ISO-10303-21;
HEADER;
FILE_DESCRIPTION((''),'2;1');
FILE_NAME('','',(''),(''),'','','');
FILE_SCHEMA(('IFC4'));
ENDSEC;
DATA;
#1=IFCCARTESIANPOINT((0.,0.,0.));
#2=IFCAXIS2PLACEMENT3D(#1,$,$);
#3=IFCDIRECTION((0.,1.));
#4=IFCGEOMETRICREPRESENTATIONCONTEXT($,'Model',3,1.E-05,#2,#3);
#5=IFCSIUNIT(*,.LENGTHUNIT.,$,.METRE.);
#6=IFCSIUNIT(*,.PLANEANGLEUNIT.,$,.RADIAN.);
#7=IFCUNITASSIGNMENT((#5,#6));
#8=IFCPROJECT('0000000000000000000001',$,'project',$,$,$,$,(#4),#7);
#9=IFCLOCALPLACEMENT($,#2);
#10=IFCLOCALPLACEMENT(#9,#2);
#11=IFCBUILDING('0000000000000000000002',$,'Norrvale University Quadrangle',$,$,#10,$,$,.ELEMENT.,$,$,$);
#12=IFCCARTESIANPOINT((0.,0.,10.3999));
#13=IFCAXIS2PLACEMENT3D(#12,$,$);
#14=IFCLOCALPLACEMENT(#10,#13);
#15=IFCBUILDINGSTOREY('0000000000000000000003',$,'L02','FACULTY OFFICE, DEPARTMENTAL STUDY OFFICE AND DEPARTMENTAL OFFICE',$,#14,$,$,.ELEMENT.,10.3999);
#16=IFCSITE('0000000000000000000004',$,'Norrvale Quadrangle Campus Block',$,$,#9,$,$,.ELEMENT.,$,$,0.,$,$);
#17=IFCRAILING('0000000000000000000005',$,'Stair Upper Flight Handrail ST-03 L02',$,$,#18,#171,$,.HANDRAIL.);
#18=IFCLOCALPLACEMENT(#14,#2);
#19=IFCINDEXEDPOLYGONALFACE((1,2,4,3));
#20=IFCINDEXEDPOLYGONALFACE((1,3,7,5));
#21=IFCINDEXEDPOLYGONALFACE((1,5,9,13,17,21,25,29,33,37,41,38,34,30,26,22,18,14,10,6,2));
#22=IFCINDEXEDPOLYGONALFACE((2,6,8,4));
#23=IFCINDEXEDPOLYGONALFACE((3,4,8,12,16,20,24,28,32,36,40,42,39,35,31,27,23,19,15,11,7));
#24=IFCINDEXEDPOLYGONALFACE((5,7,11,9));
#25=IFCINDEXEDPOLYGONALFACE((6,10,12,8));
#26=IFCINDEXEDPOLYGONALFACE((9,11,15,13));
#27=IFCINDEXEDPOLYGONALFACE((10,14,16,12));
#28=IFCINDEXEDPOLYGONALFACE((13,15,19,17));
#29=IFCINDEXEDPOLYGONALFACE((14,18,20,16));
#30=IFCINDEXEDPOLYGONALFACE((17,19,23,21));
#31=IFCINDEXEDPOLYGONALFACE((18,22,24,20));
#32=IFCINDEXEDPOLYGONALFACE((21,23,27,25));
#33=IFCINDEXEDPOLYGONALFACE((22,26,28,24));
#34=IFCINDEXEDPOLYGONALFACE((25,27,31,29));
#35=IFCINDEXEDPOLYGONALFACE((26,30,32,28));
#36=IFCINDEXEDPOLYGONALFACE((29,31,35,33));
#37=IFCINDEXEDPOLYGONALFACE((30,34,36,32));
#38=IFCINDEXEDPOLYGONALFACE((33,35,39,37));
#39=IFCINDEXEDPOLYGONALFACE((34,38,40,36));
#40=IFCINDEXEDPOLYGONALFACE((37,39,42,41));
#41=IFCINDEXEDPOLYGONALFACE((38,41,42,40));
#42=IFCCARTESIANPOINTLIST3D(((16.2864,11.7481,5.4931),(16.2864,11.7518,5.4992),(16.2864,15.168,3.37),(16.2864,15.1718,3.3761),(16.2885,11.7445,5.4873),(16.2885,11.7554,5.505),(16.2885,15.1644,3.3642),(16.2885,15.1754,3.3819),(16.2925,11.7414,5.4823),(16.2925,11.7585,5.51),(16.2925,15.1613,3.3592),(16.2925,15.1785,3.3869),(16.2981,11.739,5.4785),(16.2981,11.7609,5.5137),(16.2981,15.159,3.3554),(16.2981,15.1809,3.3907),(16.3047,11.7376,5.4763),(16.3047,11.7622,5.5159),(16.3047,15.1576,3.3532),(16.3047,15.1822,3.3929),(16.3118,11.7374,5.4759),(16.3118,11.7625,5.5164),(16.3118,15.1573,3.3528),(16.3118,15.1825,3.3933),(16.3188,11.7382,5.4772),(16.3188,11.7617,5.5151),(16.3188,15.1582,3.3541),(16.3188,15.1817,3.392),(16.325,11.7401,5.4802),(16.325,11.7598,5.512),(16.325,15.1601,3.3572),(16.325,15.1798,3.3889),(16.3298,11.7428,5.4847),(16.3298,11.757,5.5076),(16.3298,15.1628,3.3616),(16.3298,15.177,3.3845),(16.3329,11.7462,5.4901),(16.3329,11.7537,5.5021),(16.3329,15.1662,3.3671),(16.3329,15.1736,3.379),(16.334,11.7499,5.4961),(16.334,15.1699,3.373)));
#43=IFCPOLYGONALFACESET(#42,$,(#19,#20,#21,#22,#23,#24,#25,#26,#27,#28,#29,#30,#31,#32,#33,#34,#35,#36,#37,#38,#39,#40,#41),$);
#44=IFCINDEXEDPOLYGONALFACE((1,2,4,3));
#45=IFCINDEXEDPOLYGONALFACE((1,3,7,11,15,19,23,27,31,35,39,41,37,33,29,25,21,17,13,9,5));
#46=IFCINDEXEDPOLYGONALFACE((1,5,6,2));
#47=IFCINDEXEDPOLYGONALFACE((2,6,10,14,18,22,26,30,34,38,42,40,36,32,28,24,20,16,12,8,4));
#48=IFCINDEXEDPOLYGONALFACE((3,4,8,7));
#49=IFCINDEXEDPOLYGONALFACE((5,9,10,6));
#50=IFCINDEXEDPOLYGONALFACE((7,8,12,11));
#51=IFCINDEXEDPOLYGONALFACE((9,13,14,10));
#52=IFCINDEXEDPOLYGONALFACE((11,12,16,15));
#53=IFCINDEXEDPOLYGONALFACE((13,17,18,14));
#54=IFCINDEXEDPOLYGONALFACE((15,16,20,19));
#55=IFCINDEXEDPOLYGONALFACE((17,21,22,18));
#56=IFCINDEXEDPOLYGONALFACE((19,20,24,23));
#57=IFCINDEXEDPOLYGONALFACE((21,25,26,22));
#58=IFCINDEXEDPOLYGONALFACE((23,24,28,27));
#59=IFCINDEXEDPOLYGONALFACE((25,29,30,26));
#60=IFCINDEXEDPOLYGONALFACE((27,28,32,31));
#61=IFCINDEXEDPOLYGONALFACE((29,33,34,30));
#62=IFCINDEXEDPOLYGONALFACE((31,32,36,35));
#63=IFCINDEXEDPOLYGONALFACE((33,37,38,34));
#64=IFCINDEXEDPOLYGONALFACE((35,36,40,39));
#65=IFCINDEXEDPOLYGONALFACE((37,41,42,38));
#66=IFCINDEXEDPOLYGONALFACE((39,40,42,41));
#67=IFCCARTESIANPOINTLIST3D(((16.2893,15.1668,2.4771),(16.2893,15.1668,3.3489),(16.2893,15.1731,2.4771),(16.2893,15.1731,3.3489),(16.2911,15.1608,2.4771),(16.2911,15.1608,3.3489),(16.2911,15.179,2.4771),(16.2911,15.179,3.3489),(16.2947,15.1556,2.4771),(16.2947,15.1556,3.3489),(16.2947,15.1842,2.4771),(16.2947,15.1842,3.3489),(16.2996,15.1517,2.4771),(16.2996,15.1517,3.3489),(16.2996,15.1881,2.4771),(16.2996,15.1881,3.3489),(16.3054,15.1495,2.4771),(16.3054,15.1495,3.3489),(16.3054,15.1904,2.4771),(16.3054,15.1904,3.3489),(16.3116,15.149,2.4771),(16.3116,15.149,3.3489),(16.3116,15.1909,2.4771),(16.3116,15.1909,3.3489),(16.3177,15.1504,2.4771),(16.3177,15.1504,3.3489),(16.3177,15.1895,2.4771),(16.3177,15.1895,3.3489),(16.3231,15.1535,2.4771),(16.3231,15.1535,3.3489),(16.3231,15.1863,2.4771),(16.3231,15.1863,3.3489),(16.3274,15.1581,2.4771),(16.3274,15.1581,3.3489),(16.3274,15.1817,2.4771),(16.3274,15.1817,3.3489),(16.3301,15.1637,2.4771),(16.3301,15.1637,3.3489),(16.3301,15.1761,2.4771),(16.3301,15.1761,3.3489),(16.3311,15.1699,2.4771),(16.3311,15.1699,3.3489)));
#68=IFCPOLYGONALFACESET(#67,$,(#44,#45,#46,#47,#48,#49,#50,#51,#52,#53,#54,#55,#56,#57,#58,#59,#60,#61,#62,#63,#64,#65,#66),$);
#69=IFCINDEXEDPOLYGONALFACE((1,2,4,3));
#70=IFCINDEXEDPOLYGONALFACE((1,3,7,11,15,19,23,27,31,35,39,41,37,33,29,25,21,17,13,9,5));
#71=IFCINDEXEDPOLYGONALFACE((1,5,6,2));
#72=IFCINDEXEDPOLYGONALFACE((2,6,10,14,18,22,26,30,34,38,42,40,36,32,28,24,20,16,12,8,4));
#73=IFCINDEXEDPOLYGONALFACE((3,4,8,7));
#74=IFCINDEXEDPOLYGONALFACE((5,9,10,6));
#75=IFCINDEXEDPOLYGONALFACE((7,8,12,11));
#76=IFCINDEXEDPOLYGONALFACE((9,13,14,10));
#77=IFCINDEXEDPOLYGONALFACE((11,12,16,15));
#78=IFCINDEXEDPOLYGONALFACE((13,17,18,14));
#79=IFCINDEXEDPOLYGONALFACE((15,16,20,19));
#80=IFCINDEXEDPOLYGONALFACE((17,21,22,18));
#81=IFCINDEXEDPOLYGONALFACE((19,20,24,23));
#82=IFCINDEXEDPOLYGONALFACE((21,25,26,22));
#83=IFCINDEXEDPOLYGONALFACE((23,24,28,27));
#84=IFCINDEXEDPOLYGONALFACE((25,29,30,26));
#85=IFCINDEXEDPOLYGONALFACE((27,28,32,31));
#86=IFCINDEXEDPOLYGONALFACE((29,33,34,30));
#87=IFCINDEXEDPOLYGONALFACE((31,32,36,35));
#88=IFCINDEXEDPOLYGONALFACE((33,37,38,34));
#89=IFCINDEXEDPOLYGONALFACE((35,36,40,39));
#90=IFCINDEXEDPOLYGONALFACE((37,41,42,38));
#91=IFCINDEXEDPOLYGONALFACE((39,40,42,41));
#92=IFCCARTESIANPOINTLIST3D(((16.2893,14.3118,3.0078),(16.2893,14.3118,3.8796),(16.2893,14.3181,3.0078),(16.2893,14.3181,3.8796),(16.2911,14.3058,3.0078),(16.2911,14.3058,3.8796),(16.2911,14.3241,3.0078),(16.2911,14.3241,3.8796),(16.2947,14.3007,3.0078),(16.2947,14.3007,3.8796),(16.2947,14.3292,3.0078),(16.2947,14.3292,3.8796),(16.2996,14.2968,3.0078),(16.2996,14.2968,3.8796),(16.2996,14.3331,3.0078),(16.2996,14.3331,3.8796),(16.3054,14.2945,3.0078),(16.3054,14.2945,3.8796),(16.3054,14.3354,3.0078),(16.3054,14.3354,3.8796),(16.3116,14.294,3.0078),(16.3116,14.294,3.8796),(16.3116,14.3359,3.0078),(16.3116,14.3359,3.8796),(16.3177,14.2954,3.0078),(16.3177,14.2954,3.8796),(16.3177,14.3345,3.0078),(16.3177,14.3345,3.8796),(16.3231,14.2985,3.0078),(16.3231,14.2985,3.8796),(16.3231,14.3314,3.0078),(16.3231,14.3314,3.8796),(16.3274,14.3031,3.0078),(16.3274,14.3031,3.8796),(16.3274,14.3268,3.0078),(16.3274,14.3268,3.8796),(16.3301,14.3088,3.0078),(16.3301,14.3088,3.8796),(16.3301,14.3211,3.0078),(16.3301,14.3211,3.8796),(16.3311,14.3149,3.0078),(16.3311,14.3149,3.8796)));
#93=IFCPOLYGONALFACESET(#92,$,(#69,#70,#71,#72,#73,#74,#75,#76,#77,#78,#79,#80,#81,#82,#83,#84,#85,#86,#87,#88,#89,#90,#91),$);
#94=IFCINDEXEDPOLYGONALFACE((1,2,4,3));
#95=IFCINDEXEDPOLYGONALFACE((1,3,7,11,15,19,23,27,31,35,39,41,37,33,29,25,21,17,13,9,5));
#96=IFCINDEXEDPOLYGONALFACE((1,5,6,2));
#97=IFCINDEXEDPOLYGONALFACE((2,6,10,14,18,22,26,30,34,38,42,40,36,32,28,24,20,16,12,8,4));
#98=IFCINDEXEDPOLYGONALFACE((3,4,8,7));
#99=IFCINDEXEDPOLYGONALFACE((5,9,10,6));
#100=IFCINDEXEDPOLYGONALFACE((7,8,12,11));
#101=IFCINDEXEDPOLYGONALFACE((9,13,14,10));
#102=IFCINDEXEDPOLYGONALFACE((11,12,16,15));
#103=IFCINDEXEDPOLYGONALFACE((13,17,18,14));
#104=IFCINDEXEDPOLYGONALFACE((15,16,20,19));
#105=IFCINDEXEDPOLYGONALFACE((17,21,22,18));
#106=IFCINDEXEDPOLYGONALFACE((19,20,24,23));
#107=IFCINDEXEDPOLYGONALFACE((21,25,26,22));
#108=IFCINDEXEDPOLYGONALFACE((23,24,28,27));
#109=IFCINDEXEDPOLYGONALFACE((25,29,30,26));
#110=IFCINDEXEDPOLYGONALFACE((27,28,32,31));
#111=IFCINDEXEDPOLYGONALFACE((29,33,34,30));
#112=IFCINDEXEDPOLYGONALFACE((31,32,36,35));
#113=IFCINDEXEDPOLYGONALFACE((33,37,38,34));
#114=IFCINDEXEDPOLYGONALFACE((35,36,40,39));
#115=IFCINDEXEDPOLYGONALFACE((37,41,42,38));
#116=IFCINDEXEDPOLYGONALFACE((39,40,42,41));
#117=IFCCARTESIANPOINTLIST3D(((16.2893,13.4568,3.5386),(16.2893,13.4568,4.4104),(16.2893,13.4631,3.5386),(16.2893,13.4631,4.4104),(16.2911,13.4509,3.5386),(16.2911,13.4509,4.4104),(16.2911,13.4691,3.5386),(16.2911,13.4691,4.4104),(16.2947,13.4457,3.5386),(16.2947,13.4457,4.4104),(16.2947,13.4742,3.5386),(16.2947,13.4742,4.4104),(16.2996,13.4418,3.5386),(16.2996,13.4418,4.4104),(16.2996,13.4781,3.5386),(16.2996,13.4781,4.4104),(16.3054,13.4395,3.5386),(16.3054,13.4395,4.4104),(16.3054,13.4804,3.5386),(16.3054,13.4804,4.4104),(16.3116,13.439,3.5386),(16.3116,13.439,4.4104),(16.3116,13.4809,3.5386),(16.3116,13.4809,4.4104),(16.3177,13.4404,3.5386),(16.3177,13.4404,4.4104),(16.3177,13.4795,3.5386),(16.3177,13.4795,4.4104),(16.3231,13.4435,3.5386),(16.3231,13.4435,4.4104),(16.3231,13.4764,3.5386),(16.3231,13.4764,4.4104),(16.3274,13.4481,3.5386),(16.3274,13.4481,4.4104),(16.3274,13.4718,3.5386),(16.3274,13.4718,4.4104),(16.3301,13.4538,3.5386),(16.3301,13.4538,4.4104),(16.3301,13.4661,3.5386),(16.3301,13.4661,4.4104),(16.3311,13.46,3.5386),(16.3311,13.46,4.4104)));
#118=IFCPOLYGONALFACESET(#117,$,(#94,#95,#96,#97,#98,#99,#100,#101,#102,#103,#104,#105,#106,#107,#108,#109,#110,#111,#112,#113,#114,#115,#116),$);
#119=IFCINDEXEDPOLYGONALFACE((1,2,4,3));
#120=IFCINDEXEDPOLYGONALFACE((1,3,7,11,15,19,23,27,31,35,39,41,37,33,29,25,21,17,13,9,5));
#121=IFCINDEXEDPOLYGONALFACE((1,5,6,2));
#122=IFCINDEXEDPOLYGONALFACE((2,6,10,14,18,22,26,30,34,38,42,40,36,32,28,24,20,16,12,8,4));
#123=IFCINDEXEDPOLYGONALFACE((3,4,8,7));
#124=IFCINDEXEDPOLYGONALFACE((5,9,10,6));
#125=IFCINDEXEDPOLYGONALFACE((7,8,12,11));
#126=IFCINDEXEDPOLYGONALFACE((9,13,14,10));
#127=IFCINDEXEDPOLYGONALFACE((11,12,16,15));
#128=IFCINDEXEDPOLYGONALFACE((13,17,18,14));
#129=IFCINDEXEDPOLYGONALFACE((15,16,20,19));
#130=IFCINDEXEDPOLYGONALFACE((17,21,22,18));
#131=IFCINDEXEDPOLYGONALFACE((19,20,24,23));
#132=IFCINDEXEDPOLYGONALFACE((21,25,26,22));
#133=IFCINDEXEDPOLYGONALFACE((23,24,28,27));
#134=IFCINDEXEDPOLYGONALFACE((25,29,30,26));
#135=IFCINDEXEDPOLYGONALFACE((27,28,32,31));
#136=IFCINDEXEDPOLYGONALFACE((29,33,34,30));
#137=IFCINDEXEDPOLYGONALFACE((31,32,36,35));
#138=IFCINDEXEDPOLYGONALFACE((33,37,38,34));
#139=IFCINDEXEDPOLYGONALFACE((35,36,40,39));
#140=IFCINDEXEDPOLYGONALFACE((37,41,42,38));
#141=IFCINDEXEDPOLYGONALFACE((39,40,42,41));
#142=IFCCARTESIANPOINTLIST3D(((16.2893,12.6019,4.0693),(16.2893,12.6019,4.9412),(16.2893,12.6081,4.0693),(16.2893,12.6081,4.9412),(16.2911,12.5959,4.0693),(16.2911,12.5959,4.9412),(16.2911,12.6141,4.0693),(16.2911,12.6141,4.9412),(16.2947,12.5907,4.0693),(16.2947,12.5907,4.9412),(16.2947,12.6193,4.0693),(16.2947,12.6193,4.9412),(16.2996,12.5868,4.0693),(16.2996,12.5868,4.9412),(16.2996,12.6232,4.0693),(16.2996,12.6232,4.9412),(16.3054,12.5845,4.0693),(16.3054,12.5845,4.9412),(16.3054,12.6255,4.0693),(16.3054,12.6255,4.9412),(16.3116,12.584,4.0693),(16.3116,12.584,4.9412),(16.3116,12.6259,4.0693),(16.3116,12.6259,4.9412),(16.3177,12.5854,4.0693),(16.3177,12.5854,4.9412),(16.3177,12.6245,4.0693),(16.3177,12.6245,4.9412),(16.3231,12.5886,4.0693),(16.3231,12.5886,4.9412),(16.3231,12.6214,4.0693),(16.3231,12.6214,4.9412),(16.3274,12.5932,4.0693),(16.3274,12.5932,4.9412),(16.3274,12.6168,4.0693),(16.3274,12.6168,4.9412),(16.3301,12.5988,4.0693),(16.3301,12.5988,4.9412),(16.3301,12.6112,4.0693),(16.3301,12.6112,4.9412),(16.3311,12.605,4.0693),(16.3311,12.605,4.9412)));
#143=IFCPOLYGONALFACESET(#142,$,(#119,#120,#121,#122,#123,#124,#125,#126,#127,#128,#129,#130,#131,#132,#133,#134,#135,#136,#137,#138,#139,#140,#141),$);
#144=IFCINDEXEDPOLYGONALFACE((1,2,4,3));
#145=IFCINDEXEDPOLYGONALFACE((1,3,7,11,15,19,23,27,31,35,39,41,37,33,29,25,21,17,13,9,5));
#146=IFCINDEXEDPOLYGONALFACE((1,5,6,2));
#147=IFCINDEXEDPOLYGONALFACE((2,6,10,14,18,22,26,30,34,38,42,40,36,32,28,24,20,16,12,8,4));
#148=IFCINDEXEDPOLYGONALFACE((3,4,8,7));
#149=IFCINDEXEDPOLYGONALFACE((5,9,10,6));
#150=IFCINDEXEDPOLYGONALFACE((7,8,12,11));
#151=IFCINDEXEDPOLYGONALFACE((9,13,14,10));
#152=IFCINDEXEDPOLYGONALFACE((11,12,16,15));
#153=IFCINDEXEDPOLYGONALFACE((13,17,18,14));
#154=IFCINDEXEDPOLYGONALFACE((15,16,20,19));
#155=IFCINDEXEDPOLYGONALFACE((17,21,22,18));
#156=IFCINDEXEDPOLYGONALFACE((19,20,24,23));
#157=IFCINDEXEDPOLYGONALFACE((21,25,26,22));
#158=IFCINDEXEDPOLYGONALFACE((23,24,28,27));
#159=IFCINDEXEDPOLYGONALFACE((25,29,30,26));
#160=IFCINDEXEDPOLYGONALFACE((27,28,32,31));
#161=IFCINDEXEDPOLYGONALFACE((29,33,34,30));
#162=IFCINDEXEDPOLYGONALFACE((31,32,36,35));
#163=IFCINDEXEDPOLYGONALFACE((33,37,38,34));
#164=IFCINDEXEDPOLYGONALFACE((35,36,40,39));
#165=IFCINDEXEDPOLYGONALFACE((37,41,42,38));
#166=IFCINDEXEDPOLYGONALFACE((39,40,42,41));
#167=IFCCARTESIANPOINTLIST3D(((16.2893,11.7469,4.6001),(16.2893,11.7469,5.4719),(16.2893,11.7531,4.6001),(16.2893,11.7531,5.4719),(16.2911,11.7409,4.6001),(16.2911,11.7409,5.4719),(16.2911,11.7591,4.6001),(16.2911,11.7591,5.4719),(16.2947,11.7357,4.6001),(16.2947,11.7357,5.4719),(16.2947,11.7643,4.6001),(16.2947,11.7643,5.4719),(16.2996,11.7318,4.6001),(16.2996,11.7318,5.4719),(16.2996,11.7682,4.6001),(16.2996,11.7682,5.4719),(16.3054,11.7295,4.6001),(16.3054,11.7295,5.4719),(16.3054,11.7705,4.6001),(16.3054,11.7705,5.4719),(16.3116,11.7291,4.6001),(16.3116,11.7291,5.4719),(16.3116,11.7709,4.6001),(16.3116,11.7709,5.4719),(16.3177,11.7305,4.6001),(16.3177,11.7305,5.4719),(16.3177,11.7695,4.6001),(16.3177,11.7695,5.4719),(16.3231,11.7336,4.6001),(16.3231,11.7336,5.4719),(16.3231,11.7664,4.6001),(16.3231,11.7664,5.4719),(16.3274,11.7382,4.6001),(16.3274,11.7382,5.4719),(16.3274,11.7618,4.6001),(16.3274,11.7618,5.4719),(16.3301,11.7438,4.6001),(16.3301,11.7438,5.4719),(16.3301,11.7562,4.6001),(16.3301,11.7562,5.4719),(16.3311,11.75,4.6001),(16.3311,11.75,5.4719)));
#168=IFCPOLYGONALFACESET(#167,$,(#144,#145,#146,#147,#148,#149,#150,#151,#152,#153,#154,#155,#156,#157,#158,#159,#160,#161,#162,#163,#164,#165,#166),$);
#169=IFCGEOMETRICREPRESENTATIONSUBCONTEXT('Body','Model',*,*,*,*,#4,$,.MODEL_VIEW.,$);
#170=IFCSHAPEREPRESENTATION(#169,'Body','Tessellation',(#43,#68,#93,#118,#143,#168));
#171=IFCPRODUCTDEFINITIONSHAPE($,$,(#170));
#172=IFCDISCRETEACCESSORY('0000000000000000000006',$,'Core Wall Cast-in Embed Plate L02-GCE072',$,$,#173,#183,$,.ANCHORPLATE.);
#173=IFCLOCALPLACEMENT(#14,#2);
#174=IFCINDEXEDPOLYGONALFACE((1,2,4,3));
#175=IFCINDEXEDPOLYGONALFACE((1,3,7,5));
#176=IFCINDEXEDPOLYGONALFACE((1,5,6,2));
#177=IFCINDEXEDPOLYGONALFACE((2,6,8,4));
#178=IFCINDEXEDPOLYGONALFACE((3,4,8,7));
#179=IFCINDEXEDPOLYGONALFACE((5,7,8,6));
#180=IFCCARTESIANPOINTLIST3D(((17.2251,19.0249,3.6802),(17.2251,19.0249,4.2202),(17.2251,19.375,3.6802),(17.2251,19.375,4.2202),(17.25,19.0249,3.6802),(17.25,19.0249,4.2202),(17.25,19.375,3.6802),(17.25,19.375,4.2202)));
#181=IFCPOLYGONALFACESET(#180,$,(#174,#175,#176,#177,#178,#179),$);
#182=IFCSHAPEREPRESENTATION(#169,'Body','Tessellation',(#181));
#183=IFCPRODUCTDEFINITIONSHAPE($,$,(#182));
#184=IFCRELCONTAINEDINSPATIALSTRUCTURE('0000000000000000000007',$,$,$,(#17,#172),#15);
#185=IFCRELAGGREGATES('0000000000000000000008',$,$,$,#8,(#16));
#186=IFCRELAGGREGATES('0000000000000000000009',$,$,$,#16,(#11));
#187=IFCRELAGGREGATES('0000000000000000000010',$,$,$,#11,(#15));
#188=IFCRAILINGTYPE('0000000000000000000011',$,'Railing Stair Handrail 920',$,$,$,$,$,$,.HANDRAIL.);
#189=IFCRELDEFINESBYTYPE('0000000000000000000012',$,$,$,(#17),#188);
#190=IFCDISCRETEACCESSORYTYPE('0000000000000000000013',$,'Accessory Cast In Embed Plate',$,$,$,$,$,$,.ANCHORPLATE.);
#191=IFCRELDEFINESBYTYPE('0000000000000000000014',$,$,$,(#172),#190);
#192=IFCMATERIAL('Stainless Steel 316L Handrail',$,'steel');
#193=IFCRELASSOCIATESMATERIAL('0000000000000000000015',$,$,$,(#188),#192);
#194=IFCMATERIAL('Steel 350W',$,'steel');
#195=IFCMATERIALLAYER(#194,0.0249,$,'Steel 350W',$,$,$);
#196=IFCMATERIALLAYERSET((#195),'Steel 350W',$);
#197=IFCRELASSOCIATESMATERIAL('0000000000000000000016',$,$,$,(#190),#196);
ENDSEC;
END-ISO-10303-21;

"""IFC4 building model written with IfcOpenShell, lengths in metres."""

from ifc_helpers import new_model, si_unit, direction, frame, origin, origin_2d, place, context, subcontext, project, spatial, rectangle, circle, extrude, material, layer, layer_set, type_object, element, save


model = new_model("IFC4")

# Units and contexts
model_context = context("Model", 3, precision=1e-05, world=origin(), true_north=direction((0.0, 1.0)))
body_context = subcontext(model_context, "Body", "Model", "MODEL_VIEW")
ifc_project = project(units=[si_unit("LENGTHUNIT", "METRE"), si_unit("PLANEANGLEUNIT", "RADIAN")], contexts=[model_context])

# Site, building, storey
site_placement = place(None, origin())
site = spatial("IfcSite", under=ifc_project, at=site_placement, Name="Norrvale Quadrangle Campus Block", CompositionType="ELEMENT", RefElevation=0.0)
building_placement = place(site_placement, origin())
building = spatial("IfcBuilding", under=site, at=building_placement, Name="Norrvale University Quadrangle", CompositionType="ELEMENT")
storey_placement = place(building_placement, frame((0.0, 0.0, 10.3999)))
storey = spatial("IfcBuildingStorey", under=building, at=storey_placement, Name="L02", Description="FACULTY OFFICE, DEPARTMENTAL STUDY OFFICE AND DEPARTMENTAL OFFICE", CompositionType="ELEMENT", Elevation=10.3999)

# Shared definitions
ifc_material_1 = material(Name="Steel 350W", Category="steel")

# Railing
ifc_material_2 = material(Name="Stainless Steel 316L Handrail", Category="steel")
railing_type_1 = type_object("IfcRailingType", Name="Railing Stair Handrail 920", PredefinedType="HANDRAIL", material=ifc_material_2)
railing_1_placement = place(storey_placement, frame((16.3101, 15.1699, 2.4771)))
element("IfcRailing", 1, at=railing_1_placement, inside=storey, type_object=railing_type_1, Name="Stair Upper Flight Handrail ST-03 L02", PredefinedType="HANDRAIL", context=body_context, shape_type="SweptSolid", body=[
    extrude(circle(Radius=0.0239, at=origin_2d()), frame((0.0, 0.0, 0.896), z_axis=(0.0, -0.849603, 0.527423), x_axis=(1.0, 0.0, 0.0)), (0.0, 0.0, 1.0), 4.0254),
    extrude(circle(Radius=0.021, at=origin_2d()), origin(), (0.0, 0.0, 1.0), 0.8718),
    extrude(circle(Radius=0.021, at=origin_2d()), frame((0.0, -0.855, 0.5308)), (0.0, 0.0, 1.0), 0.8718),
    extrude(circle(Radius=0.021, at=origin_2d()), frame((0.0, -1.71, 1.0615)), (0.0, 0.0, 1.0), 0.8718),
    extrude(circle(Radius=0.021, at=origin_2d()), frame((0.0, -2.5649, 1.5923)), (0.0, 0.0, 1.0), 0.8718),
    extrude(circle(Radius=0.021, at=origin_2d()), frame((0.0, -3.4199, 2.123)), (0.0, 0.0, 1.0), 0.8718),
])

# Discrete accessory
ifc_layer_1 = layer(ifc_material_1, 0.0249, Name="Steel 350W")
ifc_layer_set_1 = layer_set([ifc_layer_1], Name="Steel 350W")
discrete_accessory_type = type_object("IfcDiscreteAccessoryType", Name="Accessory Cast In Embed Plate", PredefinedType="ANCHORPLATE", material=ifc_layer_set_1)
discrete_accessory_placement = place(storey_placement, frame((17.2375, 19.2, 3.6802), z_axis=(0.0, 0.0, 1.0), x_axis=(1.0, 0.0, 0.0)))
element("IfcDiscreteAccessory", 2, at=discrete_accessory_placement, inside=storey, type_object=discrete_accessory_type, Name="Core Wall Cast-in Embed Plate L02-GCE072", PredefinedType="ANCHORPLATE", context=body_context, shape_type="SweptSolid", body=[
    extrude(rectangle(XDim=0.0249, YDim=0.3501, at=origin_2d()), origin(), (0.0, 0.0, 1.0), 0.54),
])

save(model, "model.ifc")
